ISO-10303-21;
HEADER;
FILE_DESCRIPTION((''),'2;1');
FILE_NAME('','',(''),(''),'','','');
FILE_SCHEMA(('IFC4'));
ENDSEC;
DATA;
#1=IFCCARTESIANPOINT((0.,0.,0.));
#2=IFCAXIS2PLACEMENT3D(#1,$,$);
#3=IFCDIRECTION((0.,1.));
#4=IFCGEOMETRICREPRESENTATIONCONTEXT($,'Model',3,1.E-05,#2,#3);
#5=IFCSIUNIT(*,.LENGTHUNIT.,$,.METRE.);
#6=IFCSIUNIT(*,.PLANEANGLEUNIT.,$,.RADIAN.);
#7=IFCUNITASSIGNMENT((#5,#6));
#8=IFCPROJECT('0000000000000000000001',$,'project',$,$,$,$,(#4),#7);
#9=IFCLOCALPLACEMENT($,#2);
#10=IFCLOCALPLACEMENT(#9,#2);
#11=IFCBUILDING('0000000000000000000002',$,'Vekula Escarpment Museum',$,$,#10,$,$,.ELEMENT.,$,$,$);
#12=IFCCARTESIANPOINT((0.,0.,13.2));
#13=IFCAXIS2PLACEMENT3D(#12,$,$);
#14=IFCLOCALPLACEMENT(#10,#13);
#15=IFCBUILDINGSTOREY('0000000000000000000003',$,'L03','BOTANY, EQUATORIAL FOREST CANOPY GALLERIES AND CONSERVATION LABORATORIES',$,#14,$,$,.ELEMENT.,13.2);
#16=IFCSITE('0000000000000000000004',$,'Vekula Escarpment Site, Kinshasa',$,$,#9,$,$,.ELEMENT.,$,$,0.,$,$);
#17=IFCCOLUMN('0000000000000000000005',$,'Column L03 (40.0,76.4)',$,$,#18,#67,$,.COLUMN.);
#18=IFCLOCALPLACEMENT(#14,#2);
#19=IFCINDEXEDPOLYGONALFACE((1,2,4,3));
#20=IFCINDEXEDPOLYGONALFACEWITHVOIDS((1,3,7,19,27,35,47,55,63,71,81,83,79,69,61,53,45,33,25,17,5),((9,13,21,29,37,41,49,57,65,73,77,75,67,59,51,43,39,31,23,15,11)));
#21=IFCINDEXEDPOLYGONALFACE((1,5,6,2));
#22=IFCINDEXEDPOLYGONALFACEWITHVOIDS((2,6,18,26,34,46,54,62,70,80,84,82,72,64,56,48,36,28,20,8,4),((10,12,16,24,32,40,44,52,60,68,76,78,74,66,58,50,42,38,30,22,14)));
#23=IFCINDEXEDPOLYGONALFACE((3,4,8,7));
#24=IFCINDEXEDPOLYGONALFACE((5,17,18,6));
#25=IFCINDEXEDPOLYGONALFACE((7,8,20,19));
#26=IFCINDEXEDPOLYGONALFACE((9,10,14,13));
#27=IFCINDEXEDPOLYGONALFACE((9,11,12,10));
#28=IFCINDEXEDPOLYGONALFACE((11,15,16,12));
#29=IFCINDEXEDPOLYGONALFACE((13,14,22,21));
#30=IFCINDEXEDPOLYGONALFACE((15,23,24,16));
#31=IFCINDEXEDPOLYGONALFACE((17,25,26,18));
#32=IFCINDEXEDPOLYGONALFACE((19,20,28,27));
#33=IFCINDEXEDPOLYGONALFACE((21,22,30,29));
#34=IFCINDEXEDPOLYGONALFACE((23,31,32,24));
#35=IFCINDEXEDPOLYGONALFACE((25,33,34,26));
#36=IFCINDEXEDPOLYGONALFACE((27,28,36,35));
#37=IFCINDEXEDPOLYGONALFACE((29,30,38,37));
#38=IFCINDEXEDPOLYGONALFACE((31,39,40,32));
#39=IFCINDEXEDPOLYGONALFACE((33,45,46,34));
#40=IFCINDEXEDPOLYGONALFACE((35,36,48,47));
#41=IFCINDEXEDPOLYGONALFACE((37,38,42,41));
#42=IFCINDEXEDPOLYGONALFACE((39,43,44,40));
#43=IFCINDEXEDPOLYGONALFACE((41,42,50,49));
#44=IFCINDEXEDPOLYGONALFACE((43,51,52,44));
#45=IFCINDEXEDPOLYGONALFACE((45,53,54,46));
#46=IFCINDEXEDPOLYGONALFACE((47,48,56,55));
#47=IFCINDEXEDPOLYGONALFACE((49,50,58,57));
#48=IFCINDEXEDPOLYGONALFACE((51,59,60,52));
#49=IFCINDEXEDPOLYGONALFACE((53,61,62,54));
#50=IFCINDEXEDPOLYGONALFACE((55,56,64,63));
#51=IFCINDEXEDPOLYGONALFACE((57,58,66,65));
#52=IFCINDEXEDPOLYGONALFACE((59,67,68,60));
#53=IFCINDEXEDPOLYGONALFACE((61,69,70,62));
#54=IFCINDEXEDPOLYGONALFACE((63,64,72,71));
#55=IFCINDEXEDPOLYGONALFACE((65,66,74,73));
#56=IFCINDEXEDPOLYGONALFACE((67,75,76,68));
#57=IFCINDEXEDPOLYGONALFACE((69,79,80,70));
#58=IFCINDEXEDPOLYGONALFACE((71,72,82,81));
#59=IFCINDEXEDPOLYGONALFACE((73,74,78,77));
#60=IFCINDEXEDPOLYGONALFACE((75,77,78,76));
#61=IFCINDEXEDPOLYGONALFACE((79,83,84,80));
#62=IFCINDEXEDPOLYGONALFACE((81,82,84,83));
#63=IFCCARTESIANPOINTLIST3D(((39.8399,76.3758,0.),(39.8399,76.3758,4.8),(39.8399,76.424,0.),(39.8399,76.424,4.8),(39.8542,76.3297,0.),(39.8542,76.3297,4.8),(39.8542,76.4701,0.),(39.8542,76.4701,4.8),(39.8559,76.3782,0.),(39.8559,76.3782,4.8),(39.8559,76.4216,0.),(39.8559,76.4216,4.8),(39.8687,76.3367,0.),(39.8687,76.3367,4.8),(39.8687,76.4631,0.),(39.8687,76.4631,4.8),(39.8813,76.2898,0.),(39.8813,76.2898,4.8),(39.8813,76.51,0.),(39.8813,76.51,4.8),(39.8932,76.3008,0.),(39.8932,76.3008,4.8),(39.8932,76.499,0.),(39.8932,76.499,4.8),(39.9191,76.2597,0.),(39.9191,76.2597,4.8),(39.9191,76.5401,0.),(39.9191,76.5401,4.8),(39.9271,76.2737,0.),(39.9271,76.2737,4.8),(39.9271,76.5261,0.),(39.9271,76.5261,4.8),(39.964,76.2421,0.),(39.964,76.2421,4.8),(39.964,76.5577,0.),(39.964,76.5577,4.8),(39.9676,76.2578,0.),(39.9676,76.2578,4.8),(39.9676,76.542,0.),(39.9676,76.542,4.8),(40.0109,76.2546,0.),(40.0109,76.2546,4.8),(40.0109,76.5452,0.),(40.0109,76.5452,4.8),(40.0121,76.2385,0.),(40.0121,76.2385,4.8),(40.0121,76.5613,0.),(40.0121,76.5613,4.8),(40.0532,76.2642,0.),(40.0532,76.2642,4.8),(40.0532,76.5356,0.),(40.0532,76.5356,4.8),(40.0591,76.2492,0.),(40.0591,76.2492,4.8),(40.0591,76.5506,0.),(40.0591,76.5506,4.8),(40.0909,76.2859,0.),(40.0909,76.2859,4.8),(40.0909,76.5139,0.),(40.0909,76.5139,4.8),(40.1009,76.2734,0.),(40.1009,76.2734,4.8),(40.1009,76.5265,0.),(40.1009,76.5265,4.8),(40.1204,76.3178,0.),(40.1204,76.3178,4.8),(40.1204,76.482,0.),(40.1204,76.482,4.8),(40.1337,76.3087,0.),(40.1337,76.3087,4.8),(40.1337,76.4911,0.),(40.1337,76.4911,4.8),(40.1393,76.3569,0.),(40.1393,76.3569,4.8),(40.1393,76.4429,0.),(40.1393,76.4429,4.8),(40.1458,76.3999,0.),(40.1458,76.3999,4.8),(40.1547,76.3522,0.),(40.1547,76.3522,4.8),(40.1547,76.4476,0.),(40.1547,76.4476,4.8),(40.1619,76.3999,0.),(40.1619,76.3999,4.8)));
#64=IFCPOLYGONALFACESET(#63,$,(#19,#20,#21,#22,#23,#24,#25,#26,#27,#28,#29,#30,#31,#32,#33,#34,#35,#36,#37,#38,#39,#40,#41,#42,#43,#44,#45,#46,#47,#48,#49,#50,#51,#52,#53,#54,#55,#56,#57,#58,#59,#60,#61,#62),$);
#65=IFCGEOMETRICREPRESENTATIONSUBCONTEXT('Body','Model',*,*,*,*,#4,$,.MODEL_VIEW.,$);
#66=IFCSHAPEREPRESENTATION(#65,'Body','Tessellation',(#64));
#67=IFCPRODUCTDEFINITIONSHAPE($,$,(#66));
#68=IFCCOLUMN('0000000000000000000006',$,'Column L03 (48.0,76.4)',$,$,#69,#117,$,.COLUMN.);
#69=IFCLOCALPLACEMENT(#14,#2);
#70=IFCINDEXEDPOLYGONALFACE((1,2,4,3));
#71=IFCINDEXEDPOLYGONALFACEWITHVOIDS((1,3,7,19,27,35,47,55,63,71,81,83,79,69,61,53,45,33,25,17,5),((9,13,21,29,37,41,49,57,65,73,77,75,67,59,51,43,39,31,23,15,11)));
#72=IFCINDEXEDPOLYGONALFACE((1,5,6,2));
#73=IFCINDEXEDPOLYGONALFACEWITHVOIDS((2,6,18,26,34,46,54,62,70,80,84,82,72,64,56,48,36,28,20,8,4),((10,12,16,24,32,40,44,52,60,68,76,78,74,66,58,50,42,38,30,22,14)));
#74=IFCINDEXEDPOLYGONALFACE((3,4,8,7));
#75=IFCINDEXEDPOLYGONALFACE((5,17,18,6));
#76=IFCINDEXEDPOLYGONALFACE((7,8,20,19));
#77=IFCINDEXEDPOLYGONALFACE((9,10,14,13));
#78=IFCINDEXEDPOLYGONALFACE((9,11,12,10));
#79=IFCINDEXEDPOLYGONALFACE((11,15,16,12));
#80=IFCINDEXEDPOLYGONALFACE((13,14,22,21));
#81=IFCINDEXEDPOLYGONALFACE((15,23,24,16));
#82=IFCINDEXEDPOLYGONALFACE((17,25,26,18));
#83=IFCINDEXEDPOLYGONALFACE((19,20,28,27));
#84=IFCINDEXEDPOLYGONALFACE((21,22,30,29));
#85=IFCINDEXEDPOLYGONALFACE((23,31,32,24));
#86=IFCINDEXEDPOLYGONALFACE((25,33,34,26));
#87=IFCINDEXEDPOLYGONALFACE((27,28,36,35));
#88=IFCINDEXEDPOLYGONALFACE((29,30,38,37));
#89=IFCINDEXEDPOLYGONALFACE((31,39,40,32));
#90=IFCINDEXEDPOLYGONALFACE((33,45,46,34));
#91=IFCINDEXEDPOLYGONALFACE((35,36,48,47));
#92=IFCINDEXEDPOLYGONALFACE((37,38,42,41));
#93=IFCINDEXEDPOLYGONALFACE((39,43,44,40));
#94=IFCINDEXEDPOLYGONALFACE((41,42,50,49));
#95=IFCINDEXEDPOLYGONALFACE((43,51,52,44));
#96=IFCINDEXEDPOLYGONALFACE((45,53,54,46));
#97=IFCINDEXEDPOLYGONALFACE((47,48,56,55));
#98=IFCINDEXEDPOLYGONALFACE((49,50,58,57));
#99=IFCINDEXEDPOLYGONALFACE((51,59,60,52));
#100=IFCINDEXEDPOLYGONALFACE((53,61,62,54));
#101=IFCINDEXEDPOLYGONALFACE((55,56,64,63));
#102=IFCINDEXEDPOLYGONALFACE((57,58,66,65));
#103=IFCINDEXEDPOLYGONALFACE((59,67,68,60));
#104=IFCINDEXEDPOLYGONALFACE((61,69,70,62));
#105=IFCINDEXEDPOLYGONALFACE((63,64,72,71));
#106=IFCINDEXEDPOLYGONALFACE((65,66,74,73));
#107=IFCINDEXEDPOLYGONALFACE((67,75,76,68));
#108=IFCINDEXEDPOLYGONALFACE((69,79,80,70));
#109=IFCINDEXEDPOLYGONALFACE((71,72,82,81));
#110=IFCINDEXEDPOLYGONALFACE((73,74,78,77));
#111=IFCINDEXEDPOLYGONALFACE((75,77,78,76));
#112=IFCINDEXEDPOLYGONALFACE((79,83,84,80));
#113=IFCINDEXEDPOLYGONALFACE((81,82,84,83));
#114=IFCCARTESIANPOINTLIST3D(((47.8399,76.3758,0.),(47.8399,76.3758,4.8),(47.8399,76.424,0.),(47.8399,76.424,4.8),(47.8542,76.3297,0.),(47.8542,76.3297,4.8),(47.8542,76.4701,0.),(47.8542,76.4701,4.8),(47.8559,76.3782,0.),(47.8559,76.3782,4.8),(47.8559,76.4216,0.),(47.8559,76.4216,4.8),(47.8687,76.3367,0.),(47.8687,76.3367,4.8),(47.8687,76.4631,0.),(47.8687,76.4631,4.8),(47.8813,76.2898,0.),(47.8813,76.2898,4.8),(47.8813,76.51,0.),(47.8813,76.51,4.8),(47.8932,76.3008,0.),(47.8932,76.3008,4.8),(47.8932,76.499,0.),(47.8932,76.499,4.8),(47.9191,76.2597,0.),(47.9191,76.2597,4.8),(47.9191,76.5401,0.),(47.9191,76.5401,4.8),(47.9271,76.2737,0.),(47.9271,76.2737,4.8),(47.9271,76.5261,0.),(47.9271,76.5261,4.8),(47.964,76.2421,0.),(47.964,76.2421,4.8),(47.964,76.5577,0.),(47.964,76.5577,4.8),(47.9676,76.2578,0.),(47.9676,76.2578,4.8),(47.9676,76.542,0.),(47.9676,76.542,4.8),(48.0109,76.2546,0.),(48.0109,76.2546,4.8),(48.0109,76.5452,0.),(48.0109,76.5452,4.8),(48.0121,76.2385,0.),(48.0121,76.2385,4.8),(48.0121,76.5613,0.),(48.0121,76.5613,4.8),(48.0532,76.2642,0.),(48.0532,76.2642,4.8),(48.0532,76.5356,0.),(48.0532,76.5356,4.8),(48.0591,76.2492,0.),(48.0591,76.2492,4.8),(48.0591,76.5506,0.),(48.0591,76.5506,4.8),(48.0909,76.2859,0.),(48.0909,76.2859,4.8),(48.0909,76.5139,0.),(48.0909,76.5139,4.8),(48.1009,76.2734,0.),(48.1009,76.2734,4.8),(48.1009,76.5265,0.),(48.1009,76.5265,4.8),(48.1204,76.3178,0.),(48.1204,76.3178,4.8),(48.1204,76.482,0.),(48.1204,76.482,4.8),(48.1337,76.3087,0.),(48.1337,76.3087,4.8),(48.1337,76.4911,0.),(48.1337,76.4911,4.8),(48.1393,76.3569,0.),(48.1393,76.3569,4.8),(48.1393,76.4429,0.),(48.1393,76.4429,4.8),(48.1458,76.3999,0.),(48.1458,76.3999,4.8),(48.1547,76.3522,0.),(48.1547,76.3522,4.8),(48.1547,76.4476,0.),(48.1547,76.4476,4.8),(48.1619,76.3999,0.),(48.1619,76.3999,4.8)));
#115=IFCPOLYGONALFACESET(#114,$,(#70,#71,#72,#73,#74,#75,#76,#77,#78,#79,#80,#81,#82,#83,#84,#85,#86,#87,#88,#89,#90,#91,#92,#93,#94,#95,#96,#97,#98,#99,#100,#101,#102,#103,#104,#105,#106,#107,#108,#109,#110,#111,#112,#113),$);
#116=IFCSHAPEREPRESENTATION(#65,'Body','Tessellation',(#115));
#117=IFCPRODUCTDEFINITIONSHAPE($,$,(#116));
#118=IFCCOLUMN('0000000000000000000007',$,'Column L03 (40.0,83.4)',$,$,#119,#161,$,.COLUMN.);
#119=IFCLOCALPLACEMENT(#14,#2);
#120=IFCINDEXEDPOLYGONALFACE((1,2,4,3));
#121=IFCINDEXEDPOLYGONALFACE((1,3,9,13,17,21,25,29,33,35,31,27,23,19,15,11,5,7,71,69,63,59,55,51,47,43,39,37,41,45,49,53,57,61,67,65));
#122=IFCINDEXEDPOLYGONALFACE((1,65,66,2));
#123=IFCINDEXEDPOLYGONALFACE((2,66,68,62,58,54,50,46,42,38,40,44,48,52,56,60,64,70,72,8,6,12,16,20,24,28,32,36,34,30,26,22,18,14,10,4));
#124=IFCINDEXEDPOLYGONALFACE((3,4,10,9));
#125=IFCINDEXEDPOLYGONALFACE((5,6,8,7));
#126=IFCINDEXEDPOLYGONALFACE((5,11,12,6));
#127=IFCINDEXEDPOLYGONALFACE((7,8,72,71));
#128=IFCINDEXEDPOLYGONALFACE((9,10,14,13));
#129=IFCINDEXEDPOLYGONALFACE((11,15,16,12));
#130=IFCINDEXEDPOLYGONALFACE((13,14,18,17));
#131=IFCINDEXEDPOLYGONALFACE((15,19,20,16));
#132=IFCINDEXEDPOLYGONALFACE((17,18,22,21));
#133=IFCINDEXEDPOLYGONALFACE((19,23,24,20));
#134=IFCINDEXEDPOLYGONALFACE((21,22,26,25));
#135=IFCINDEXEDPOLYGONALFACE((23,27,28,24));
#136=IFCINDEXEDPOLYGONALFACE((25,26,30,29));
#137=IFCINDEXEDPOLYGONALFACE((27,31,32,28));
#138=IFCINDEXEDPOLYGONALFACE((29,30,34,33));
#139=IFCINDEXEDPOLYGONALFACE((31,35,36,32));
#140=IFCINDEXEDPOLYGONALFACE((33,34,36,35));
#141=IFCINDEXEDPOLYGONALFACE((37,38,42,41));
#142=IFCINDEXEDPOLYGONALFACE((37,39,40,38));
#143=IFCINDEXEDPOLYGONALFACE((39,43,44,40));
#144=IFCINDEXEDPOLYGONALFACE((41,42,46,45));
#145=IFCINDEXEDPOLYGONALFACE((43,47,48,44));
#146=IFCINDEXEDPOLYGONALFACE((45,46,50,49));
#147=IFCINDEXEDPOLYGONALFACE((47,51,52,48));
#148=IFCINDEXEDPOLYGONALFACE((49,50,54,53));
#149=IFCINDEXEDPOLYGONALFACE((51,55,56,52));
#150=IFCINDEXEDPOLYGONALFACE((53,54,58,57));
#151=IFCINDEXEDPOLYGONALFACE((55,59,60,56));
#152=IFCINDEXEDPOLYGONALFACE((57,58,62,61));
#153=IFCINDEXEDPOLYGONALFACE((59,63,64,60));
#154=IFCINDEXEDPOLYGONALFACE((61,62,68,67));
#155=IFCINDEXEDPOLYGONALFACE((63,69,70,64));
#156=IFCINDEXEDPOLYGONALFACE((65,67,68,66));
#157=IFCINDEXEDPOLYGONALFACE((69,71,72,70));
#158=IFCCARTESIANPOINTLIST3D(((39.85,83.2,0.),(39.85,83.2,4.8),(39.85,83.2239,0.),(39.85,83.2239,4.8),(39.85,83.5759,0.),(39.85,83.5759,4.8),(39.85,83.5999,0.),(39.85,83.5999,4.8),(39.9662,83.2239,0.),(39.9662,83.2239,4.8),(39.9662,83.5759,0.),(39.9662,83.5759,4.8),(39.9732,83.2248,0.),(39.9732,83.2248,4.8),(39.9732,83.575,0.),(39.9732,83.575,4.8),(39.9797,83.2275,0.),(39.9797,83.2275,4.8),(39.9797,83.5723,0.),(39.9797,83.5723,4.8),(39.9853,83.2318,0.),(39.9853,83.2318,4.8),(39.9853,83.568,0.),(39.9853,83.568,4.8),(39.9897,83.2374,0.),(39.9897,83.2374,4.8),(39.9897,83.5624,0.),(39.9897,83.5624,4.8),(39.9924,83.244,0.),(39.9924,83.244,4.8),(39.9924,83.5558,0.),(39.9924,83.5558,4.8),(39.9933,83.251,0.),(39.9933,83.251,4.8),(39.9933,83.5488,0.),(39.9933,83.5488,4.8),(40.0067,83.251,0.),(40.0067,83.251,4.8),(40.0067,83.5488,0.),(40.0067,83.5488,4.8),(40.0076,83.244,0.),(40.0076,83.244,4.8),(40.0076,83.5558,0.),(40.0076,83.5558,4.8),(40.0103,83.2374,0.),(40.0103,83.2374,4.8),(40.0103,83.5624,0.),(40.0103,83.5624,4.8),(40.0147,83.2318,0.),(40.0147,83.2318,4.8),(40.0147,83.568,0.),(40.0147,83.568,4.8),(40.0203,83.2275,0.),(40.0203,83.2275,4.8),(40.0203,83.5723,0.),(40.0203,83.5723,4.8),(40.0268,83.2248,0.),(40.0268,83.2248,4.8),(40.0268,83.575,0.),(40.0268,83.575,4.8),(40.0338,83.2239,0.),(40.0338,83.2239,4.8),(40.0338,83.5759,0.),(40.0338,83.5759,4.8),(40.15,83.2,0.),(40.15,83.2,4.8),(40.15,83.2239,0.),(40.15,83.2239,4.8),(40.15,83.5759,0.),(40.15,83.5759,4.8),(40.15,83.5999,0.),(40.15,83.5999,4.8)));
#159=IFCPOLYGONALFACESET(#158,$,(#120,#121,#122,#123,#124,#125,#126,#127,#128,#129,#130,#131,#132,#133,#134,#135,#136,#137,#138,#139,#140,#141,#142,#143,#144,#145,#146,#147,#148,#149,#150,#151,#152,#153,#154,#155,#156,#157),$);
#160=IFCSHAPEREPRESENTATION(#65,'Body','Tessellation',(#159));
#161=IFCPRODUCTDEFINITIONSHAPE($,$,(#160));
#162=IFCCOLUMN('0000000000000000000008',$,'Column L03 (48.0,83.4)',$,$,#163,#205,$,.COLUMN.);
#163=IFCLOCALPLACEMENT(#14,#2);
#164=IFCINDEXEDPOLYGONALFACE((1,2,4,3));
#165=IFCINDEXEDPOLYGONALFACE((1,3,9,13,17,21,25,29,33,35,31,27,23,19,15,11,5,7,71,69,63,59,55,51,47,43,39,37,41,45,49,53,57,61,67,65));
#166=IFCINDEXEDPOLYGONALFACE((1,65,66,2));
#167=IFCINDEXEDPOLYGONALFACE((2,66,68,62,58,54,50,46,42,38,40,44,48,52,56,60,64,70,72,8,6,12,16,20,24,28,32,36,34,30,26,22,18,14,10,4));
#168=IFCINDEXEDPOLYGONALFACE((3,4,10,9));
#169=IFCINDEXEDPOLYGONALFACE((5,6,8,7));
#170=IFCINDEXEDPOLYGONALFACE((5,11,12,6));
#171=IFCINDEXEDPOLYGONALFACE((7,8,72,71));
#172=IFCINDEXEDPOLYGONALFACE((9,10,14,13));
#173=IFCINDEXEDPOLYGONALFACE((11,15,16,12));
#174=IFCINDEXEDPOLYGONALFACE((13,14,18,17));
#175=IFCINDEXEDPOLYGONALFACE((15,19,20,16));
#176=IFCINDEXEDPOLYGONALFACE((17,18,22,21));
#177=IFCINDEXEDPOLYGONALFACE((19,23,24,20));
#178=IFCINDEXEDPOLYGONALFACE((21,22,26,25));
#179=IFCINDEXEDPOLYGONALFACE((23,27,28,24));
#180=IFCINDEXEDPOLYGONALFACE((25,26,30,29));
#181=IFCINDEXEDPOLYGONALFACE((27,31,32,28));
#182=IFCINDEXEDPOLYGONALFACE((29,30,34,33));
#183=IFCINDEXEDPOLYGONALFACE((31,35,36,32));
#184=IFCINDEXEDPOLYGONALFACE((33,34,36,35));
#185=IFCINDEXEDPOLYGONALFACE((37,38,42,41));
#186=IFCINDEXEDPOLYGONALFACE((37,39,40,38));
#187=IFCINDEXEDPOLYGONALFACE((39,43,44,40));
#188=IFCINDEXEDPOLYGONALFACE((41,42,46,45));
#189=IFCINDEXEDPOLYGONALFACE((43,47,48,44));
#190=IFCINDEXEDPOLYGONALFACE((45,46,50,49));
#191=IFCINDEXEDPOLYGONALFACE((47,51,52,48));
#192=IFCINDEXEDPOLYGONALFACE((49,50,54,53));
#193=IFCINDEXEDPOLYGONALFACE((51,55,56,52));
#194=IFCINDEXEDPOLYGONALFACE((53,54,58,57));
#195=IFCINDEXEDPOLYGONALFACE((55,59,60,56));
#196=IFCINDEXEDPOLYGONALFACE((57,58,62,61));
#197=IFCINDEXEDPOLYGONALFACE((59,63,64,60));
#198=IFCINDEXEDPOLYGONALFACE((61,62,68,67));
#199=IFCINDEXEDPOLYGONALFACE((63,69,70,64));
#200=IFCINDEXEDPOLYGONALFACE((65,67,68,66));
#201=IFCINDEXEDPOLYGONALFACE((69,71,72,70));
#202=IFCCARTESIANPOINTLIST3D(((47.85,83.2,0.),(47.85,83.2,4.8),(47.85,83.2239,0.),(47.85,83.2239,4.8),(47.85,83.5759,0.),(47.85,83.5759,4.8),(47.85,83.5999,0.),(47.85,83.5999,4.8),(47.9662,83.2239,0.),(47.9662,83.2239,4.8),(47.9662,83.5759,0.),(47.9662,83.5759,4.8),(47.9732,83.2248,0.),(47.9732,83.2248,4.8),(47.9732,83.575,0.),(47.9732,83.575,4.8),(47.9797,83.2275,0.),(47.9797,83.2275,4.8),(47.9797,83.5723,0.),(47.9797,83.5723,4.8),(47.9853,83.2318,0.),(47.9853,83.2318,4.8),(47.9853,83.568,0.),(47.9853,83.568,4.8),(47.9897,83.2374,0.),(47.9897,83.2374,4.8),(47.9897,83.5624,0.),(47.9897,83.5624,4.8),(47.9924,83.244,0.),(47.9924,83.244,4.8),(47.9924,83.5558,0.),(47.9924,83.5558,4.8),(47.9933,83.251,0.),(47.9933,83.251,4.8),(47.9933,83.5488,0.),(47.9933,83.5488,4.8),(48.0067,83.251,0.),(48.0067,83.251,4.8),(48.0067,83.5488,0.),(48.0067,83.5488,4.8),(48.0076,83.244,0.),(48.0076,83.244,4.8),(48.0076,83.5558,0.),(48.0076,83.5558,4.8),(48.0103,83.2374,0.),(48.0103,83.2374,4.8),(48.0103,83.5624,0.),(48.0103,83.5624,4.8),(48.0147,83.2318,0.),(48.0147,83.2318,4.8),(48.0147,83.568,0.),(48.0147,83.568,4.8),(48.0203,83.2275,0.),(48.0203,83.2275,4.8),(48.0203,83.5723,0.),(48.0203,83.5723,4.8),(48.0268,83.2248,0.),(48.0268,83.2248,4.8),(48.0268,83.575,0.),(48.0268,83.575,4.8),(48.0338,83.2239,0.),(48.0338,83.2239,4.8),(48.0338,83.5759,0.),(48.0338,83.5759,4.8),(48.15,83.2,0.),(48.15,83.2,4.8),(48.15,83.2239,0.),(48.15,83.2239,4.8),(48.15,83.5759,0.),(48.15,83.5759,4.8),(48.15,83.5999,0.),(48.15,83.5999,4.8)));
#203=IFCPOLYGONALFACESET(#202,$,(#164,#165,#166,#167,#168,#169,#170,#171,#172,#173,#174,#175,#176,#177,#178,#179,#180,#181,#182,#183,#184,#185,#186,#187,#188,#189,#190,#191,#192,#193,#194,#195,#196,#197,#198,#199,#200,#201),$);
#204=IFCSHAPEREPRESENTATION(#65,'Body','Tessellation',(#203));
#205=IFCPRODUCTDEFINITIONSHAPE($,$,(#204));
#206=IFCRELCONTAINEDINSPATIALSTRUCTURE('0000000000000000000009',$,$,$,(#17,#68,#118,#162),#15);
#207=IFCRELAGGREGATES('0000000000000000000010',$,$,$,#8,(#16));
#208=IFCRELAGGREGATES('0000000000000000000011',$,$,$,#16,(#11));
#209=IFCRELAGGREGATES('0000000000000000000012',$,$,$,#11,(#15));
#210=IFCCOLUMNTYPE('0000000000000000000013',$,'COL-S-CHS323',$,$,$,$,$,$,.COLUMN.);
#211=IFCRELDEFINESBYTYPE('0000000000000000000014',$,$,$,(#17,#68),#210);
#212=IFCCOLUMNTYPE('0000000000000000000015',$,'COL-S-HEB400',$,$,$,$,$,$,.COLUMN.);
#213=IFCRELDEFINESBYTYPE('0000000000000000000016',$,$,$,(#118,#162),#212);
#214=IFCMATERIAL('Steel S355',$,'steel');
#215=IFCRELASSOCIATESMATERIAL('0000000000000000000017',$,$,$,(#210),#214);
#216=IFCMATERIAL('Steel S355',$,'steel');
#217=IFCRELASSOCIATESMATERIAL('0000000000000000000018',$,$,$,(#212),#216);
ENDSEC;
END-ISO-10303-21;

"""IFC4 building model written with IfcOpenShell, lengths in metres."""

from ifc_helpers import new_model, si_unit, direction, frame, origin, origin_2d, place, context, subcontext, project, spatial, hollow_circle, i_section, extrude, material, material_profile, profile_set, type_object, element, save


model = new_model("IFC4")

# Units and contexts
model_context = context("Model", 3, precision=1e-05, world=origin(), true_north=direction((0.0, 1.0)))
body_context = subcontext(model_context, "Body", "Model", "MODEL_VIEW")
ifc_project = project(units=[si_unit("LENGTHUNIT", "METRE"), si_unit("PLANEANGLEUNIT", "RADIAN")], contexts=[model_context])

# Site, building, storey
site_placement = place(None, origin())
site = spatial("IfcSite", under=ifc_project, at=site_placement, Name="Vekula Escarpment Site, Kinshasa", CompositionType="ELEMENT", RefElevation=0.0)
building_placement = place(site_placement, origin())
building = spatial("IfcBuilding", under=site, at=building_placement, Name="Vekula Escarpment Museum", CompositionType="ELEMENT")
storey_placement = place(building_placement, frame((0.0, 0.0, 13.2)))
storey = spatial("IfcBuildingStorey", under=building, at=storey_placement, Name="L03", Description="BOTANY, EQUATORIAL FOREST CANOPY GALLERIES AND CONSERVATION LABORATORIES", CompositionType="ELEMENT", Elevation=13.2)

# Columns
ifc_material_1 = material(Name="Steel S355", Category="steel")
ifc_material_profile_1 = material_profile(ifc_material_1, hollow_circle(Radius=0.1619, WallThickness=0.0161, at=origin_2d()), Name="CHS 323.9x16")
ifc_profile_set_1 = profile_set([ifc_material_profile_1], Name="Steel S355")
column_type_1 = type_object("IfcColumnType", Name="COL-S-CHS323", PredefinedType="COLUMN", material=ifc_profile_set_1)
for number, where, z_axis, x_axis, name in (
    (1, (40.0, 76.3999, 0.0), (0.0, 0.0, 1.0), (1.0, 0.0, 0.0), "Column L03 (40.0,76.4)"),
    (2, (48.0, 76.3999, 0.0), (0.0, 0.0, 1.0), (1.0, 0.0, 0.0), "Column L03 (48.0,76.4)"),
):
    element("IfcColumn", number, at=place(storey_placement, frame(where, z_axis=z_axis, x_axis=x_axis)), inside=storey, type_object=column_type_1, Name=name, PredefinedType="COLUMN", context=body_context, shape_type="SweptSolid", body=[
        extrude(hollow_circle(Radius=0.1619, WallThickness=0.0161, at=origin_2d()), origin(), (0.0, 0.0, 1.0), 4.8),
    ])
ifc_material_2 = material(Name="Steel S355", Category="steel")
ifc_material_profile_2 = material_profile(ifc_material_2, i_section(OverallWidth=0.3, OverallDepth=0.3999, WebThickness=0.0134, FlangeThickness=0.0239, FilletRadius=0.0271, at=origin_2d()), Name="HEB 400")
ifc_profile_set_2 = profile_set([ifc_material_profile_2], Name="Steel S355")
column_type_2 = type_object("IfcColumnType", Name="COL-S-HEB400", PredefinedType="COLUMN", material=ifc_profile_set_2)
for number, where, z_axis, x_axis, name in (
    (3, (40.0, 83.3999, 0.0), (0.0, 0.0, 1.0), (1.0, 0.0, 0.0), "Column L03 (40.0,83.4)"),
    (4, (48.0, 83.3999, 0.0), (0.0, 0.0, 1.0), (1.0, 0.0, 0.0), "Column L03 (48.0,83.4)"),
):
    element("IfcColumn", number, at=place(storey_placement, frame(where, z_axis=z_axis, x_axis=x_axis)), inside=storey, type_object=column_type_2, Name=name, PredefinedType="COLUMN", context=body_context, shape_type="SweptSolid", body=[
        extrude(i_section(OverallWidth=0.3, OverallDepth=0.3999, WebThickness=0.0134, FlangeThickness=0.0239, FilletRadius=0.0271, at=origin_2d()), origin(), (0.0, 0.0, 1.0), 4.8),
    ])

save(model, "model.ifc")
